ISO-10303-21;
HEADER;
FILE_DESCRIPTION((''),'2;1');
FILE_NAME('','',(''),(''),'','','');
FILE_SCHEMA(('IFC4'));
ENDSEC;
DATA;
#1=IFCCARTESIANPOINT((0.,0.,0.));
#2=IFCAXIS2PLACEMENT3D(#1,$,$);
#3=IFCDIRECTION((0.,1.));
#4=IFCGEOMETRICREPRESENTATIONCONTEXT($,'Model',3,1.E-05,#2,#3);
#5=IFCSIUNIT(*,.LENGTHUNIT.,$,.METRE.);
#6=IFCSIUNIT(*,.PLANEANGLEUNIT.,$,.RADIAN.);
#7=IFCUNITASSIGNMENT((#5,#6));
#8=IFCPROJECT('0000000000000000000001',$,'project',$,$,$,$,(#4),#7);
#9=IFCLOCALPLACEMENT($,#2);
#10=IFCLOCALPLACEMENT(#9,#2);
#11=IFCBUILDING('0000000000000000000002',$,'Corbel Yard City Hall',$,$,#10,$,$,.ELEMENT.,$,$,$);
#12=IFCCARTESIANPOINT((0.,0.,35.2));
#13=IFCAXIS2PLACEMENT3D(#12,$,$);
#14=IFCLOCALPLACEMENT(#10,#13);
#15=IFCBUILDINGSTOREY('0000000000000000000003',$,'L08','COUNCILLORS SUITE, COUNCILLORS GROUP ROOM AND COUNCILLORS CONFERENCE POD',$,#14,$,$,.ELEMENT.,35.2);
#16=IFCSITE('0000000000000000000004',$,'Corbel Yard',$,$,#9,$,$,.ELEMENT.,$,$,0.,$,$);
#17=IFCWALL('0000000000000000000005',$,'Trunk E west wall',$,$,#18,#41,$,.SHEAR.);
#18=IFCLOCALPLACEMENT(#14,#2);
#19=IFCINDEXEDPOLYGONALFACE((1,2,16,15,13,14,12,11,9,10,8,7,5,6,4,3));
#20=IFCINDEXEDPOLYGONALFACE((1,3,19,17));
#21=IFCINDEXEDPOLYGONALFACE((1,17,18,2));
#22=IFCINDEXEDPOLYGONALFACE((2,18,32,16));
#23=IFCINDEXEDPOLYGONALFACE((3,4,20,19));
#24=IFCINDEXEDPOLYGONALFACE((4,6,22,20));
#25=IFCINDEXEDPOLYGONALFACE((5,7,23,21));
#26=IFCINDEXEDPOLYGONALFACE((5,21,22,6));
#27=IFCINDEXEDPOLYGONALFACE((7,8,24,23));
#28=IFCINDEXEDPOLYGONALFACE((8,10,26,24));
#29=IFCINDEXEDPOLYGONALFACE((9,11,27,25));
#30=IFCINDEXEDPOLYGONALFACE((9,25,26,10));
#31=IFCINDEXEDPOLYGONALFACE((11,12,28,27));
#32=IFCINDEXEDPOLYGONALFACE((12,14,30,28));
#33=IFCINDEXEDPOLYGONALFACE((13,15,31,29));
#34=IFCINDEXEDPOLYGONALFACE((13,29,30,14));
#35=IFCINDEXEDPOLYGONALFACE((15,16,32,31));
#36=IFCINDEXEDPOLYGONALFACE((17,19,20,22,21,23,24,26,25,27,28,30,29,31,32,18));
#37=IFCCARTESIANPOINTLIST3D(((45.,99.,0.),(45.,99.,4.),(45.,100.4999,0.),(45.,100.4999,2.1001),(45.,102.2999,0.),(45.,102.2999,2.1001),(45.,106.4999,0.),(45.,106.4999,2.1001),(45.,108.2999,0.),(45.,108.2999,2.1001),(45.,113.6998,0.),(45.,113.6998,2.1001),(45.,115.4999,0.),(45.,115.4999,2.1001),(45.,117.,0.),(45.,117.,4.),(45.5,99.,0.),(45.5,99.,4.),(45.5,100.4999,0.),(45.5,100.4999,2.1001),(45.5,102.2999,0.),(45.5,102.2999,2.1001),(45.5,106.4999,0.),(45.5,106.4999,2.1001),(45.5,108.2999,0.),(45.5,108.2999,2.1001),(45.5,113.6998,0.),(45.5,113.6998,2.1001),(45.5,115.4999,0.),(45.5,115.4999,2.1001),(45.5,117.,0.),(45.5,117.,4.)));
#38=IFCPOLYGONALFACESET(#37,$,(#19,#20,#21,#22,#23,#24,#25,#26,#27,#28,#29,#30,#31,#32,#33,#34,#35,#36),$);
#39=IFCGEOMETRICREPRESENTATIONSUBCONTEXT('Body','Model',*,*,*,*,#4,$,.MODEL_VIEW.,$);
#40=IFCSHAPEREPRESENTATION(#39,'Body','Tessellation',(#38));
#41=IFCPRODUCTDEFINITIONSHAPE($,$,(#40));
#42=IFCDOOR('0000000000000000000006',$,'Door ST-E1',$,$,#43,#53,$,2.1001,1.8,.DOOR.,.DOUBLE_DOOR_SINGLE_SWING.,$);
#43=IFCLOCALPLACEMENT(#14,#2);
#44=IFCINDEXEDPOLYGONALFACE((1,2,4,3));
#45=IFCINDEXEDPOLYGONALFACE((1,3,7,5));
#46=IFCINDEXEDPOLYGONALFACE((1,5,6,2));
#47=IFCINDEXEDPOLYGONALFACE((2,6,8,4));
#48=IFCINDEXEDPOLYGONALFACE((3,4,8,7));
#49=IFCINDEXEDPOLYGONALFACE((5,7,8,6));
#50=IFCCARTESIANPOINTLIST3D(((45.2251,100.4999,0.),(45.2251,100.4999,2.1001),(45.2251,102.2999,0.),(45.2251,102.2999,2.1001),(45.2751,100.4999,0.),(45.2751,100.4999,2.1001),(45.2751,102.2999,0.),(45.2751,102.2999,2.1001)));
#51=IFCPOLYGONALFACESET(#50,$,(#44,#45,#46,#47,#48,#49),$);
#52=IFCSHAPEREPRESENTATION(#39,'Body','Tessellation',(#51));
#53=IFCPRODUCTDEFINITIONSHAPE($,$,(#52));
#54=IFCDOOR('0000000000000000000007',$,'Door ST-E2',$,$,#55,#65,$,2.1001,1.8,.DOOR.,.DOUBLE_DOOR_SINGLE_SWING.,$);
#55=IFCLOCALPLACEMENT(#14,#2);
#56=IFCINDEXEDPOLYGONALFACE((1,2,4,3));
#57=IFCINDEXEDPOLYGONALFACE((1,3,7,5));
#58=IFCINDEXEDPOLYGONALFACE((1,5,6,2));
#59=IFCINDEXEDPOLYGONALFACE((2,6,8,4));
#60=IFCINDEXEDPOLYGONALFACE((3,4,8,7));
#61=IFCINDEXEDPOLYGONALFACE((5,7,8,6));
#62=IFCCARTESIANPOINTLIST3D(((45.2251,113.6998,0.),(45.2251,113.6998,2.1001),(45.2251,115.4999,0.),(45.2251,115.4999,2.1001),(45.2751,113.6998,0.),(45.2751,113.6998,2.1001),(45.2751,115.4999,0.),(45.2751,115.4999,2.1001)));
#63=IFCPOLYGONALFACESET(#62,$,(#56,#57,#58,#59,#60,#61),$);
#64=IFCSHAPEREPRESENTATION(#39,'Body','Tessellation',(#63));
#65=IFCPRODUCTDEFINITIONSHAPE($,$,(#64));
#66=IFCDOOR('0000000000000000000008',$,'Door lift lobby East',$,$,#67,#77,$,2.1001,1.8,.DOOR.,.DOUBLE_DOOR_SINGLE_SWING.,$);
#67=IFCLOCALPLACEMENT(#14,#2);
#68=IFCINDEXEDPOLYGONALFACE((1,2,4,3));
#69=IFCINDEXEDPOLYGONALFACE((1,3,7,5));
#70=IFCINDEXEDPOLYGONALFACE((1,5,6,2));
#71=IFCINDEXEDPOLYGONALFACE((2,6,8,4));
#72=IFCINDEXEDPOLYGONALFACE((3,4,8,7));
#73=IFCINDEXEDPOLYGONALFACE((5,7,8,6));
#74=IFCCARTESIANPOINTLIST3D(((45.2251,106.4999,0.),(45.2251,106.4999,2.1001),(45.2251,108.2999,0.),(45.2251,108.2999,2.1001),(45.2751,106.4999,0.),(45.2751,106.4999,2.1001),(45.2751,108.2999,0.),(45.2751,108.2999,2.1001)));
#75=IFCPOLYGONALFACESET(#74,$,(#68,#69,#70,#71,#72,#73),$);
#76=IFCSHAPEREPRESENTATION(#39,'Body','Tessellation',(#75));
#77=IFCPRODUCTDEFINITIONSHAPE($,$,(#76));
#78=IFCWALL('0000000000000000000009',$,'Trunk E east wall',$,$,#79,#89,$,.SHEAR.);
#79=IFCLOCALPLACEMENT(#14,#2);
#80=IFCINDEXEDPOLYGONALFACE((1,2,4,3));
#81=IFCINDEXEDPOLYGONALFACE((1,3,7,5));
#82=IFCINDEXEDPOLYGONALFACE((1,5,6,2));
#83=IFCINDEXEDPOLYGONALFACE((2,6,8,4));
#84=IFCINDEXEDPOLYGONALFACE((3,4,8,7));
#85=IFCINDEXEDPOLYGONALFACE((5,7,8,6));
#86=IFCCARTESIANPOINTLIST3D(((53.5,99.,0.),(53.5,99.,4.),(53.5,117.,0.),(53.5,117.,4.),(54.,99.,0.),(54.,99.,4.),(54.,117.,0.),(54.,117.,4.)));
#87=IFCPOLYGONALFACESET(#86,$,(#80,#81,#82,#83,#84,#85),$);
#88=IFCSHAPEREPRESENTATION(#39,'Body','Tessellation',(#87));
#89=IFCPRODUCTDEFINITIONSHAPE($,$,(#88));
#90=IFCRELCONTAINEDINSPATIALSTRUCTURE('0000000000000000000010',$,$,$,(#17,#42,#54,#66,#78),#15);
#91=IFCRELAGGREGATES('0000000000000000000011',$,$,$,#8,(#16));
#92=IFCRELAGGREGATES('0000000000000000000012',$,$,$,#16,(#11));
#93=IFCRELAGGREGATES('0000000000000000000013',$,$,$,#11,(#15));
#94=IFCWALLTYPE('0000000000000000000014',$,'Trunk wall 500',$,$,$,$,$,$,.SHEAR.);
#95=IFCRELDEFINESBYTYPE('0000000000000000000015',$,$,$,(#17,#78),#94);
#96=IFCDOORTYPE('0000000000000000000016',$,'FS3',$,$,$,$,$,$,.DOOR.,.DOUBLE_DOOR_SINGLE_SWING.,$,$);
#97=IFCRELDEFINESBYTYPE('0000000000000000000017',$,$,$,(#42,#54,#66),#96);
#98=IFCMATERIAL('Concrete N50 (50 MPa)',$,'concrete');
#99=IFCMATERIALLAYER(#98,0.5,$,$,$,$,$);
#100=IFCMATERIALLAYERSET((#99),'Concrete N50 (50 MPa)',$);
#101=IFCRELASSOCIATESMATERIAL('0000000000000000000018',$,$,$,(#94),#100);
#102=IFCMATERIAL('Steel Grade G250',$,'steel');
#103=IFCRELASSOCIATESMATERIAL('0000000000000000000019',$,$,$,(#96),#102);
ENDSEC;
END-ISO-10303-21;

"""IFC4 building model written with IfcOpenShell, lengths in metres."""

from ifc_helpers import new_model, si_unit, direction, frame, frame_2d, origin, place, context, subcontext, project, spatial, rectangle, extrude, material, layer, layer_set, type_object, element, fill, save


model = new_model("IFC4")

# Units and contexts
model_context = context("Model", 3, precision=1e-05, world=origin(), true_north=direction((0.0, 1.0)))
body_context = subcontext(model_context, "Body", "Model", "MODEL_VIEW")
ifc_project = project(units=[si_unit("LENGTHUNIT", "METRE"), si_unit("PLANEANGLEUNIT", "RADIAN")], contexts=[model_context])

# Site, building, storey
site_placement = place(None, origin())
site = spatial("IfcSite", under=ifc_project, at=site_placement, Name="Corbel Yard", CompositionType="ELEMENT", RefElevation=0.0)
building_placement = place(site_placement, origin())
building = spatial("IfcBuilding", under=site, at=building_placement, Name="Corbel Yard City Hall", CompositionType="ELEMENT")
storey_placement = place(building_placement, frame((0.0, 0.0, 35.2)))
storey = spatial("IfcBuildingStorey", under=building, at=storey_placement, Name="L08", Description="COUNCILLORS SUITE, COUNCILLORS GROUP ROOM AND COUNCILLORS CONFERENCE POD", CompositionType="ELEMENT", Elevation=35.2)

# Wall, openings, doors
ifc_material_1 = material(Name="Concrete N50 (50 MPa)", Category="concrete")
ifc_layer_1 = layer(ifc_material_1, 0.5)
ifc_layer_set_1 = layer_set([ifc_layer_1], Name="Concrete N50 (50 MPa)")
wall_type_1 = type_object("IfcWallType", Name="Trunk wall 500", PredefinedType="SHEAR", material=ifc_layer_set_1)
wall_1_placement = place(storey_placement, frame((45.25, 99.0, 0.0), z_axis=(0.0, 0.0, 1.0), x_axis=(0.0, 1.0, 0.0)))
wall_1 = element("IfcWall", 1, at=wall_1_placement, inside=storey, type_object=wall_type_1, Name="Trunk E west wall", PredefinedType="SHEAR", context=body_context, shape_type="SweptSolid", body=[
    extrude(rectangle(XDim=18.0, YDim=0.5, at=frame_2d((9.0, 0.0))), origin(), (0.0, 0.0, 1.0), 4.0),
])
opening_1_placement = place(wall_1_placement, frame((1.5, 0.0, 0.0)))
opening_1 = element("IfcOpeningElement", 2, at=opening_1_placement, cuts=wall_1, PredefinedType="OPENING", context=body_context, shape_type="SweptSolid", body=[
    extrude(rectangle(XDim=1.8, YDim=2.1001, at=frame_2d((0.8999, 1.05))), frame((0.0, 0.26, 0.0), z_axis=(0.0, -1.0, 0.0), x_axis=(1.0, 0.0, 0.0)), (0.0, 0.0, 1.0), 0.52),
])
opening_2_placement = place(wall_1_placement, frame((14.7, 0.0, 0.0)))
opening_2 = element("IfcOpeningElement", 3, at=opening_2_placement, cuts=wall_1, PredefinedType="OPENING", context=body_context, shape_type="SweptSolid", body=[
    extrude(rectangle(XDim=1.8, YDim=2.1001, at=frame_2d((0.8999, 1.05))), frame((0.0, 0.26, 0.0), z_axis=(0.0, -1.0, 0.0), x_axis=(1.0, 0.0, 0.0)), (0.0, 0.0, 1.0), 0.52),
])
opening_3_placement = place(wall_1_placement, frame((7.5, 0.0, 0.0)))
opening_3 = element("IfcOpeningElement", 4, at=opening_3_placement, cuts=wall_1, PredefinedType="OPENING", context=body_context, shape_type="SweptSolid", body=[
    extrude(rectangle(XDim=1.8, YDim=2.1001, at=frame_2d((0.8999, 1.05))), frame((0.0, 0.26, 0.0), z_axis=(0.0, -1.0, 0.0), x_axis=(1.0, 0.0, 0.0)), (0.0, 0.0, 1.0), 0.52),
])
ifc_material_2 = material(Name="Steel Grade G250", Category="steel")
door_type = type_object("IfcDoorType", Name="FS3", OperationType="DOUBLE_DOOR_SINGLE_SWING", PredefinedType="DOOR", material=ifc_material_2)
door_1_placement = place(opening_1_placement, origin())
door_1 = element("IfcDoor", 5, at=door_1_placement, inside=storey, type_object=door_type, Name="Door ST-E1", OperationType="DOUBLE_DOOR_SINGLE_SWING", OverallHeight=2.1001, OverallWidth=1.8, PredefinedType="DOOR", context=body_context, shape_type="SweptSolid", body=[
    extrude(rectangle(XDim=1.8, YDim=2.1001, at=frame_2d((0.8999, 1.05))), frame((0.0, 0.0249, 0.0), z_axis=(0.0, -1.0, 0.0), x_axis=(1.0, 0.0, 0.0)), (0.0, 0.0, 1.0), 0.05),
])
fill(opening_1, door_1)
door_2_placement = place(opening_2_placement, origin())
door_2 = element("IfcDoor", 6, at=door_2_placement, inside=storey, type_object=door_type, Name="Door ST-E2", OperationType="DOUBLE_DOOR_SINGLE_SWING", OverallHeight=2.1001, OverallWidth=1.8, PredefinedType="DOOR", context=body_context, shape_type="SweptSolid", body=[
    extrude(rectangle(XDim=1.8, YDim=2.1001, at=frame_2d((0.8999, 1.05))), frame((0.0, 0.0249, 0.0), z_axis=(0.0, -1.0, 0.0), x_axis=(1.0, 0.0, 0.0)), (0.0, 0.0, 1.0), 0.05),
])
fill(opening_2, door_2)
door_3_placement = place(opening_3_placement, origin())
door_3 = element("IfcDoor", 7, at=door_3_placement, inside=storey, type_object=door_type, Name="Door lift lobby East", OperationType="DOUBLE_DOOR_SINGLE_SWING", OverallHeight=2.1001, OverallWidth=1.8, PredefinedType="DOOR", context=body_context, shape_type="SweptSolid", body=[
    extrude(rectangle(XDim=1.8, YDim=2.1001, at=frame_2d((0.8999, 1.05))), frame((0.0, 0.0249, 0.0), z_axis=(0.0, -1.0, 0.0), x_axis=(1.0, 0.0, 0.0)), (0.0, 0.0, 1.0), 0.05),
])
fill(opening_3, door_3)

# Wall
wall_2_placement = place(storey_placement, frame((53.75, 99.0, 0.0), z_axis=(0.0, 0.0, 1.0), x_axis=(0.0, 1.0, 0.0)))
element("IfcWall", 8, at=wall_2_placement, inside=storey, type_object=wall_type_1, Name="Trunk E east wall", PredefinedType="SHEAR", context=body_context, shape_type="SweptSolid", body=[
    extrude(rectangle(XDim=18.0, YDim=0.5, at=frame_2d((9.0, 0.0))), origin(), (0.0, 0.0, 1.0), 4.0),
])

save(model, "model.ifc")
